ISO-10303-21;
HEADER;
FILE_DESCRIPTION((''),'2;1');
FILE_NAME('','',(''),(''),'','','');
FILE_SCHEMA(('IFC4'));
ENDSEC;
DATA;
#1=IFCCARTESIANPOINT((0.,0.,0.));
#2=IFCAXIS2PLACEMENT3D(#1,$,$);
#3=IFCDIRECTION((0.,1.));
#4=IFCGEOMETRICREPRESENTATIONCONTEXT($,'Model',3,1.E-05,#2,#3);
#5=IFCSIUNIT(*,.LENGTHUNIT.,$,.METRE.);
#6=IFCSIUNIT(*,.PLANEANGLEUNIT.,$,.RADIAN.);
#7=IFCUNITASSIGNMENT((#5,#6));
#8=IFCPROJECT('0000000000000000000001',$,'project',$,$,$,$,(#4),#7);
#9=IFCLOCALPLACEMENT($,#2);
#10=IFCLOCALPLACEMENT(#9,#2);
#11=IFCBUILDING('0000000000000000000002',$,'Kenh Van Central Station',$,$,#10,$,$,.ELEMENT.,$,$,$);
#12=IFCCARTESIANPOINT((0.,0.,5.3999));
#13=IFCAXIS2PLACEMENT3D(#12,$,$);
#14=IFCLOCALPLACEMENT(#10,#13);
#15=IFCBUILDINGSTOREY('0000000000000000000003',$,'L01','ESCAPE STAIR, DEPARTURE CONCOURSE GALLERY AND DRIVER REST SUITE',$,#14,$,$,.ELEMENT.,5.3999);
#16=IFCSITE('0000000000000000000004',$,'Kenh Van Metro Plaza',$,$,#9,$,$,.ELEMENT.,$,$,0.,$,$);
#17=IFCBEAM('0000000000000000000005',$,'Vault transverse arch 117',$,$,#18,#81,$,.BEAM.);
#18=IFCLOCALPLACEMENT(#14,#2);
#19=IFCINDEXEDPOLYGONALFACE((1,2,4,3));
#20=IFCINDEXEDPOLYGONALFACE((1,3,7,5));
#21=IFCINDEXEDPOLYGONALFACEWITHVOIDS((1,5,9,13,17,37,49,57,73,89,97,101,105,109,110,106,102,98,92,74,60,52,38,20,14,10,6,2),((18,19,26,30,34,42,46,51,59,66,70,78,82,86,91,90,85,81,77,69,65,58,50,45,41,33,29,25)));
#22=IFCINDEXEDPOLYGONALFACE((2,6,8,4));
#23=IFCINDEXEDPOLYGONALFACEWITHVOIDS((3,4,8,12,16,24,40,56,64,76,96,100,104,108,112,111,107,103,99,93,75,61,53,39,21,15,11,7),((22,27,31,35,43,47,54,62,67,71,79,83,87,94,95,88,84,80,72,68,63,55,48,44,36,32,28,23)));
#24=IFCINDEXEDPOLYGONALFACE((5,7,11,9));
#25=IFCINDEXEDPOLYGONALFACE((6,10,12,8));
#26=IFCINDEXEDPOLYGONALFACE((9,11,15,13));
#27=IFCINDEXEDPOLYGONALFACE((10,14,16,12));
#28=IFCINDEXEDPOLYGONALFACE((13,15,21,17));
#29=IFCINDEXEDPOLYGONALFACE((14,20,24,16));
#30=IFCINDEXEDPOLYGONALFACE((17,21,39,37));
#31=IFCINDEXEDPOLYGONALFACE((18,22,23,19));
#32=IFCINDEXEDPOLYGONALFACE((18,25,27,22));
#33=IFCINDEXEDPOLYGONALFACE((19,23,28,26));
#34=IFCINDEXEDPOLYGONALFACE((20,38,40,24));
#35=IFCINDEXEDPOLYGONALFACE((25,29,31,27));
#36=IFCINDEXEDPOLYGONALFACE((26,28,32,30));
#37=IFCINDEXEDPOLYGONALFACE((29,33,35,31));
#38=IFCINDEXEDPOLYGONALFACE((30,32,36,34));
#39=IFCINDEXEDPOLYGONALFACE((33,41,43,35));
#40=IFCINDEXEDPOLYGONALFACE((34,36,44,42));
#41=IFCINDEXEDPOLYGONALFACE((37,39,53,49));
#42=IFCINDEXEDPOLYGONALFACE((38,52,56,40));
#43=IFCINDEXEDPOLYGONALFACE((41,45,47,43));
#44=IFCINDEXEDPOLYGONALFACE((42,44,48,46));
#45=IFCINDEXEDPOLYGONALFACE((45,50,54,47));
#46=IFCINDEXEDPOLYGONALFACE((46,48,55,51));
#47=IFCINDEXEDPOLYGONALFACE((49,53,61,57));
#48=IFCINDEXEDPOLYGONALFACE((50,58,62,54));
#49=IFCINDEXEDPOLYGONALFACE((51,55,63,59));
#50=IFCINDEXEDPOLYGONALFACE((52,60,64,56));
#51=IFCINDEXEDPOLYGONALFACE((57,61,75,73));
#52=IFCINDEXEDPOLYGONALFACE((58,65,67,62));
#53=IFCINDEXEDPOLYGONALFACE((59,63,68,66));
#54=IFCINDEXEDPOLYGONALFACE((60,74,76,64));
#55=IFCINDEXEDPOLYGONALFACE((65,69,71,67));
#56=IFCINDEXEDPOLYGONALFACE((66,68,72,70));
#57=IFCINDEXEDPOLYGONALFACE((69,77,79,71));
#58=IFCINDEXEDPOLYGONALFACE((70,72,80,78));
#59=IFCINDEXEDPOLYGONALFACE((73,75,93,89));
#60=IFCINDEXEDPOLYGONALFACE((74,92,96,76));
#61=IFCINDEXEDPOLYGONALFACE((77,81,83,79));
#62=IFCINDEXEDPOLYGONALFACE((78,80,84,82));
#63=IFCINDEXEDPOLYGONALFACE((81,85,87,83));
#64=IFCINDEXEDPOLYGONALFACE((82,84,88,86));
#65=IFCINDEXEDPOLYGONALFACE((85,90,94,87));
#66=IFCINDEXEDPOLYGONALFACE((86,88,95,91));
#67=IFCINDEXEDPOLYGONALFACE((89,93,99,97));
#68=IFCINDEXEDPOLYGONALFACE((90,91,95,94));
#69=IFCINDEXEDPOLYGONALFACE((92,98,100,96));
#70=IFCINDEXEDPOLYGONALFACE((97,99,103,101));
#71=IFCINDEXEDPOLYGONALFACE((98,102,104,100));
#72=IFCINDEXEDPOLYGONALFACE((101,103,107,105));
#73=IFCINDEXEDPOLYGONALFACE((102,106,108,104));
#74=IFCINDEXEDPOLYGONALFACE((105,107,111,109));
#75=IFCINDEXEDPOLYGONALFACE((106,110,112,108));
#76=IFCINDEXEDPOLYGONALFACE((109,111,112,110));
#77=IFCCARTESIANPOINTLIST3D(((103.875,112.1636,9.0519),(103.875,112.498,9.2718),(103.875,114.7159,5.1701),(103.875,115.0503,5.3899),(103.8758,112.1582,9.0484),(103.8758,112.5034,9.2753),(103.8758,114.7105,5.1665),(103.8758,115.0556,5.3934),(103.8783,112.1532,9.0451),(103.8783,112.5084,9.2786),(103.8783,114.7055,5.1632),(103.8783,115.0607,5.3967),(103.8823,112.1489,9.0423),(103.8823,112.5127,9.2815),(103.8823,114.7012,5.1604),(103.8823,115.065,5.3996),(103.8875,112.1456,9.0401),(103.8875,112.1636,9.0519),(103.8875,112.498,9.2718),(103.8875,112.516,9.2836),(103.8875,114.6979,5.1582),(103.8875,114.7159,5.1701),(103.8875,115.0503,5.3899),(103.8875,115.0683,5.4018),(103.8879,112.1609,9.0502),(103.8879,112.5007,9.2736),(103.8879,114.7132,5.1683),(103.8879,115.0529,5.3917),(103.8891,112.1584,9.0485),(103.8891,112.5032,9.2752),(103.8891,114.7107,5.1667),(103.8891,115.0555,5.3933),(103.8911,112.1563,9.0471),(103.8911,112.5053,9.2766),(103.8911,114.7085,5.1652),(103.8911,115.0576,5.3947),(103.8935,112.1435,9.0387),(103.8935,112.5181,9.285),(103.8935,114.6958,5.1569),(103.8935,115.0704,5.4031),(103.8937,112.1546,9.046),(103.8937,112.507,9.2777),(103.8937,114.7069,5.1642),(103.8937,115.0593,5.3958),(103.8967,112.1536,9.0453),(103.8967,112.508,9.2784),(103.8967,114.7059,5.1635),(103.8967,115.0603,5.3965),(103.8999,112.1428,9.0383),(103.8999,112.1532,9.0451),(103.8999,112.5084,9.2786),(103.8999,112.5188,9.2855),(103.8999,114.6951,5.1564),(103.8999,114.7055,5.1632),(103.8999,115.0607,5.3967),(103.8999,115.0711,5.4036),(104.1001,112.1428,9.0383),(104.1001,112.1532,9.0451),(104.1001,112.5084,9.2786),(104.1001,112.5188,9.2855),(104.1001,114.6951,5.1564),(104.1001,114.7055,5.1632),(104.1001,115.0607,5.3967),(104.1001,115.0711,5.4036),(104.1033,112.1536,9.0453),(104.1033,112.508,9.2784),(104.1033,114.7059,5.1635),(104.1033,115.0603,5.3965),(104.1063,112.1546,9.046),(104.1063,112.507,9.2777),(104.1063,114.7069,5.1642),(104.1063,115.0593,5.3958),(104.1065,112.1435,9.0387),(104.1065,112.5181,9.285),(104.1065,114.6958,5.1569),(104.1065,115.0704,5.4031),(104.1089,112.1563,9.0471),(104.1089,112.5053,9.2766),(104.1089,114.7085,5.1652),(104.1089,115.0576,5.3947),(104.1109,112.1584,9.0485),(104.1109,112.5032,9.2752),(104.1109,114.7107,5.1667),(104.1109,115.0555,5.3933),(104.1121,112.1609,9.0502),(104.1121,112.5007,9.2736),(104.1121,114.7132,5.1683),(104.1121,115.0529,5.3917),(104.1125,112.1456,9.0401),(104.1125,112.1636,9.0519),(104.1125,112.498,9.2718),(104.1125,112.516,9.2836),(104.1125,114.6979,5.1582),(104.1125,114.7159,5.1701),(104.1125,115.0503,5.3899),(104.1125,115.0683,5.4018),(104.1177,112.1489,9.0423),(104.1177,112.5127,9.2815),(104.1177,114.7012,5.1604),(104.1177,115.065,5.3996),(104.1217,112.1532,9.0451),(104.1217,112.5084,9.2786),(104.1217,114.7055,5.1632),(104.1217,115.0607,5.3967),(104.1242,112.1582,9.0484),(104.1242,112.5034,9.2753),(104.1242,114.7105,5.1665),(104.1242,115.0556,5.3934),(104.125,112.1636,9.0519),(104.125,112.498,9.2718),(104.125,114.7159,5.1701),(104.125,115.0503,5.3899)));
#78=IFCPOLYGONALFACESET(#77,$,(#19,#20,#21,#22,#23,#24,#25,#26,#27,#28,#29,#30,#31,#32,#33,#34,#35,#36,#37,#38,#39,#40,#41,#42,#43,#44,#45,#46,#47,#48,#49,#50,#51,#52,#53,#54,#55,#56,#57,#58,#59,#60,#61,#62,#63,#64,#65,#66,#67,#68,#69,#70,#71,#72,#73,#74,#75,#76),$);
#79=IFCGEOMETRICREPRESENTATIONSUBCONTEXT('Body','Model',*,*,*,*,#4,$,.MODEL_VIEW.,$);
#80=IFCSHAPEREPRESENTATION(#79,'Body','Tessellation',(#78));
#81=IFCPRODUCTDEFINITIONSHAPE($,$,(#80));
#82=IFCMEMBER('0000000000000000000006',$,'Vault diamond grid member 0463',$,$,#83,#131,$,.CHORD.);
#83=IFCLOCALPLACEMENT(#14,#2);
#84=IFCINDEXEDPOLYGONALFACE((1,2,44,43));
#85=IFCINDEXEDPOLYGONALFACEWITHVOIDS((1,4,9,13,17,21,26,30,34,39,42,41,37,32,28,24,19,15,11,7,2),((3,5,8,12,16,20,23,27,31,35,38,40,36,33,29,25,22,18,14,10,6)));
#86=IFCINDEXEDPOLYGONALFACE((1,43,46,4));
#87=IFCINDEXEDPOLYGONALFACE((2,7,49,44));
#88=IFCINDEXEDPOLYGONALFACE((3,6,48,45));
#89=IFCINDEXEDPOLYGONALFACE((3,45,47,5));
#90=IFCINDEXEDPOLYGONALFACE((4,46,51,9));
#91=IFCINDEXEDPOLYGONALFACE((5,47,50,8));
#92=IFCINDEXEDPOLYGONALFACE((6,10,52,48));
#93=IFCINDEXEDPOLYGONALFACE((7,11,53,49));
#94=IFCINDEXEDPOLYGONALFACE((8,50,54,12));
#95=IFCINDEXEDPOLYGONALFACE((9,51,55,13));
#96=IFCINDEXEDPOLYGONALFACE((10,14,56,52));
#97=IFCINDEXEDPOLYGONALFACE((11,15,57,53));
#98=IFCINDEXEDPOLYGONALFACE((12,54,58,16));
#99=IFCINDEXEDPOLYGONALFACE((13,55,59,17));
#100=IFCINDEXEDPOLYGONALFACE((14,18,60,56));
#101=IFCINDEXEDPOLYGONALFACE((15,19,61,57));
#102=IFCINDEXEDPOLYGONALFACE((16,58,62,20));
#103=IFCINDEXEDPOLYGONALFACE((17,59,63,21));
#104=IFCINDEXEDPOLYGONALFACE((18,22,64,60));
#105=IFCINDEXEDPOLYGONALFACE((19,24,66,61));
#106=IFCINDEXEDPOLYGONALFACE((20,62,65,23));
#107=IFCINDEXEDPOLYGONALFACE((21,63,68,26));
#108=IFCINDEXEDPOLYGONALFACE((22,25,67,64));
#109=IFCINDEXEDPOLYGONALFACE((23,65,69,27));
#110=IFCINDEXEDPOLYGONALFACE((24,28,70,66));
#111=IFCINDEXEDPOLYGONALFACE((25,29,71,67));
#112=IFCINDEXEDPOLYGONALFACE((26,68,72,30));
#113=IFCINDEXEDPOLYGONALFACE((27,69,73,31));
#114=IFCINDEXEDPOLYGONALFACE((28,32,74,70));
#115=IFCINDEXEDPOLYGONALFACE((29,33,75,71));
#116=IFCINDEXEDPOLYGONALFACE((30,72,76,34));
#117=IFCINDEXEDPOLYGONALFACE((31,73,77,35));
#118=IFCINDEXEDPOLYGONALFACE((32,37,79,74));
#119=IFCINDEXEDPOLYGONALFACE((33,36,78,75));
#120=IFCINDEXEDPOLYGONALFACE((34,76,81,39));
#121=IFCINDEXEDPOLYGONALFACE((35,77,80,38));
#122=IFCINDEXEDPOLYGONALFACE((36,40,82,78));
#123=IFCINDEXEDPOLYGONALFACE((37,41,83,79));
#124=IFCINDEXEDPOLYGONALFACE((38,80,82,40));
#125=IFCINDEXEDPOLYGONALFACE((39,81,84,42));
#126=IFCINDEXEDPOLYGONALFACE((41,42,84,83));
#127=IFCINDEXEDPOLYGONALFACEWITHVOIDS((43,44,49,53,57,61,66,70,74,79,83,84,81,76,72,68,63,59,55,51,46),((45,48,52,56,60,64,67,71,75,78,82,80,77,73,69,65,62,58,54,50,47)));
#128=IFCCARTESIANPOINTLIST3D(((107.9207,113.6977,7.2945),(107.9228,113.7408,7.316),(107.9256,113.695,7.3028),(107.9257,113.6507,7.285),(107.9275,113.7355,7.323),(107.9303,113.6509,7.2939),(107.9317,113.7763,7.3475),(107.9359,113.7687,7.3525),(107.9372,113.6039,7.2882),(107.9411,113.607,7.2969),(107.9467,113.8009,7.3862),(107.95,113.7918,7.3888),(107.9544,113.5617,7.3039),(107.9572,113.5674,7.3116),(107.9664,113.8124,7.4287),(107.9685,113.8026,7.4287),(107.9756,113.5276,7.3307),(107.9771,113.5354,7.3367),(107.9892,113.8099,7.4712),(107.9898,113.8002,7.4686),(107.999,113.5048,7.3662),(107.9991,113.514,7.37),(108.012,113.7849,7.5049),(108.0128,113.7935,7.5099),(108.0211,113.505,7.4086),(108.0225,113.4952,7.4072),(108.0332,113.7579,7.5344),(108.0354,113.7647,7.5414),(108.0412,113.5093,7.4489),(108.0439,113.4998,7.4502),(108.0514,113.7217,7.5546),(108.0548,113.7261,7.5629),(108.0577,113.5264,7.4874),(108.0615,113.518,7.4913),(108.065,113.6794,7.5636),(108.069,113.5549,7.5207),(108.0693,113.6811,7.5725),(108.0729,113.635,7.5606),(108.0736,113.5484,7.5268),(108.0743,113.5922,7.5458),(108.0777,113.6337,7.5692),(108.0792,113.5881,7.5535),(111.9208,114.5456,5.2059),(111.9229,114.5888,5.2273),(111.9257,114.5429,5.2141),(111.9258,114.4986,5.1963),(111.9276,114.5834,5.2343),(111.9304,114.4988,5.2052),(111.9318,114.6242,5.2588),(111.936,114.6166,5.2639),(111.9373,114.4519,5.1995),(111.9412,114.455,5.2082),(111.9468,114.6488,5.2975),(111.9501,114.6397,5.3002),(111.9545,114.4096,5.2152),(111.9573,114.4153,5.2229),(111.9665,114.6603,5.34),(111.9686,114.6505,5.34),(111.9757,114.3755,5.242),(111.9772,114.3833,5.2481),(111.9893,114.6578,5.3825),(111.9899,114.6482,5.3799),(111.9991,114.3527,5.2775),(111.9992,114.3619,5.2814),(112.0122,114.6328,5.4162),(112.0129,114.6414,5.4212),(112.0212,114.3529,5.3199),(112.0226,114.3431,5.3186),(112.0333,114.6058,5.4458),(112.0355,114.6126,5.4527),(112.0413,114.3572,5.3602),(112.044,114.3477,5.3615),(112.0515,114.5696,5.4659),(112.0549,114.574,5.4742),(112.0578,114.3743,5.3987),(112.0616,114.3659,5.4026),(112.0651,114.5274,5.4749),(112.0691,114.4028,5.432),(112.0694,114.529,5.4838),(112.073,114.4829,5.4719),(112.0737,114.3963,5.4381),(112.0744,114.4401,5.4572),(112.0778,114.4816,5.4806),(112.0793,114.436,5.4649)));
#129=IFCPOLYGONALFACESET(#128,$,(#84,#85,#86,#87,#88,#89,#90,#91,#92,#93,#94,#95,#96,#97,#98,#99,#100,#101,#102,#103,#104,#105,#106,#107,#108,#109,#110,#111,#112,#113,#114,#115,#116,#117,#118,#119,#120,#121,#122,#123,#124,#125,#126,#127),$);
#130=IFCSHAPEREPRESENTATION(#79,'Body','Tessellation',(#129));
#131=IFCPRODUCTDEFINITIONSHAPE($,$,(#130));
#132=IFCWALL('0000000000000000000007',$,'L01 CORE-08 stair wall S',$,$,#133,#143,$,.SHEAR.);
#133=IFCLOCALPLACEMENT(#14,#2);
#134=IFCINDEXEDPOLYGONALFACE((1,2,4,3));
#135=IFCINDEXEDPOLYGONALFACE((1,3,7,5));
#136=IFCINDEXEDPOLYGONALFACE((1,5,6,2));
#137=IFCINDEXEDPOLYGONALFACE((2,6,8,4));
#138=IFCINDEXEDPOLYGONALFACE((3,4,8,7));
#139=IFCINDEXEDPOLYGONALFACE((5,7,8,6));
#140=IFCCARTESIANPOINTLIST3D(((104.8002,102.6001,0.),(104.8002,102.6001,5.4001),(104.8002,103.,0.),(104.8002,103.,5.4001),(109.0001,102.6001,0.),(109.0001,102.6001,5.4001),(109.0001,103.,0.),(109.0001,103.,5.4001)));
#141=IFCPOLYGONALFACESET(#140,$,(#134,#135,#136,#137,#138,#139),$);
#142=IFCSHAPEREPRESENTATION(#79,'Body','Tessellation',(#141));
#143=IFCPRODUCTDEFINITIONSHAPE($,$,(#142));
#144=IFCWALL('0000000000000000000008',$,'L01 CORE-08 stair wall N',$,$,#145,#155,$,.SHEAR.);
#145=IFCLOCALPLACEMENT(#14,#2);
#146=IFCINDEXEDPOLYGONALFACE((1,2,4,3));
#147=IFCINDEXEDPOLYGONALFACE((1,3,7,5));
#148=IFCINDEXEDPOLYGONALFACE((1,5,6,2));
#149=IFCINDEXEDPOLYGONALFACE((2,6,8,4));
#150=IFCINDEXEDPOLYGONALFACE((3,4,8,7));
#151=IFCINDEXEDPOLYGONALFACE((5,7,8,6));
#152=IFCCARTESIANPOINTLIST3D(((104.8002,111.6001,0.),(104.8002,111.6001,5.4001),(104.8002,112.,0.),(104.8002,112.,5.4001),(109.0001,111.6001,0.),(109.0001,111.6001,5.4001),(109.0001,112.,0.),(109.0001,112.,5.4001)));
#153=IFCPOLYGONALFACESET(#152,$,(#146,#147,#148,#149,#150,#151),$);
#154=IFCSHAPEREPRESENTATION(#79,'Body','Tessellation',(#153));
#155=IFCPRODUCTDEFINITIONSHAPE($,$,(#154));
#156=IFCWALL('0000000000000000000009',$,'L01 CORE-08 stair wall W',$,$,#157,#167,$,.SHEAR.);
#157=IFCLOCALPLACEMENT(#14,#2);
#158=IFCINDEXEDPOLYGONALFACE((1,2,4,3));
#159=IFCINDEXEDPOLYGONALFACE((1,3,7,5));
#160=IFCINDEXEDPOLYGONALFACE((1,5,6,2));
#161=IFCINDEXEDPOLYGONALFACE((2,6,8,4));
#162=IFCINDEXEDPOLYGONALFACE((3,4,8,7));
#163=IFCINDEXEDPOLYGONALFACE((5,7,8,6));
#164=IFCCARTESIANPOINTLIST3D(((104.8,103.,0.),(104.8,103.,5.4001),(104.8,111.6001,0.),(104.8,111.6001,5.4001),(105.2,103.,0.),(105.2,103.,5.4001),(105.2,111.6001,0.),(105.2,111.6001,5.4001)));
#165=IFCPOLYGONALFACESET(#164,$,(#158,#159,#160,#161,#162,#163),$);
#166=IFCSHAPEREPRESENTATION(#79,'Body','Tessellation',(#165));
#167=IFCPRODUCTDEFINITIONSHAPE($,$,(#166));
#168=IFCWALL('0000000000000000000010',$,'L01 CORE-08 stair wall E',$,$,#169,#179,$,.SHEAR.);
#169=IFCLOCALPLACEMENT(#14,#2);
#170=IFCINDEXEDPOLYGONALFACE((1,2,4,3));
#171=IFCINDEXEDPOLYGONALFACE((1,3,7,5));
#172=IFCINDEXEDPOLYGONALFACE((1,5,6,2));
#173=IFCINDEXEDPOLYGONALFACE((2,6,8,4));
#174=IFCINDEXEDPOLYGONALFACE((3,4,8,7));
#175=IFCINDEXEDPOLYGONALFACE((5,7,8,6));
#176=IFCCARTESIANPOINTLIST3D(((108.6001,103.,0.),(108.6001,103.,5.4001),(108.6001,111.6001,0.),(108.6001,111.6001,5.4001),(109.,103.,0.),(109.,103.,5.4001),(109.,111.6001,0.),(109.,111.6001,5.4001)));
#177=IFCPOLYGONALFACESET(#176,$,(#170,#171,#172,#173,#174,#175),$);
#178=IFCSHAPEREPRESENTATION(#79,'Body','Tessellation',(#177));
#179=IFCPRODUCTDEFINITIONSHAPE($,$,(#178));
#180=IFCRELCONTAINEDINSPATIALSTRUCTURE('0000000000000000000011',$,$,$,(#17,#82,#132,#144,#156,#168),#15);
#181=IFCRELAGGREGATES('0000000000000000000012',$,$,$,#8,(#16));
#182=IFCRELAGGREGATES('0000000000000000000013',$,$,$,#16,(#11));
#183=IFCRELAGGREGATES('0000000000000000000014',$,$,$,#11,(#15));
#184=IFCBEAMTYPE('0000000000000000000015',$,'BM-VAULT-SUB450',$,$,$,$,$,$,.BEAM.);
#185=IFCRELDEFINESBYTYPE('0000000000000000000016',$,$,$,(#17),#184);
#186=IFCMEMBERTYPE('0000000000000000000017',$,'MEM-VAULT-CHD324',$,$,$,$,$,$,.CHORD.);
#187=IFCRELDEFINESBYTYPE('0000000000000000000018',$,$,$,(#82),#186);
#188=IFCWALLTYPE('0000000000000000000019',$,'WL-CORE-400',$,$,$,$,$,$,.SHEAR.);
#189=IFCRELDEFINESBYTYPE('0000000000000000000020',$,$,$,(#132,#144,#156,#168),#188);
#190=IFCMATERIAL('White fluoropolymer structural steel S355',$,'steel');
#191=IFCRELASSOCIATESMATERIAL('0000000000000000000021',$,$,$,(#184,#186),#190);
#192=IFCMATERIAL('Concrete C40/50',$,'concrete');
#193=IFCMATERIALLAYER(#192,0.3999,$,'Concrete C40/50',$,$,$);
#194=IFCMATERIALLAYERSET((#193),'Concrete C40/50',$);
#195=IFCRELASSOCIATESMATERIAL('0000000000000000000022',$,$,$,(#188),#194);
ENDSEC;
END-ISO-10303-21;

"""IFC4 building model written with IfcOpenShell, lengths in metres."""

from ifc_helpers import new_model, si_unit, direction, frame, frame_2d, origin, origin_2d, place, context, subcontext, project, spatial, rectangle, hollow_rectangle, hollow_circle, extrude, material, layer, layer_set, material_profile, profile_set, type_object, element, save


model = new_model("IFC4")

# Units and contexts
model_context = context("Model", 3, precision=1e-05, world=origin(), true_north=direction((0.0, 1.0)))
body_context = subcontext(model_context, "Body", "Model", "MODEL_VIEW")
ifc_project = project(units=[si_unit("LENGTHUNIT", "METRE"), si_unit("PLANEANGLEUNIT", "RADIAN")], contexts=[model_context])

# Site, building, storey
site_placement = place(None, origin())
site = spatial("IfcSite", under=ifc_project, at=site_placement, Name="Kenh Van Metro Plaza", CompositionType="ELEMENT", RefElevation=0.0)
building_placement = place(site_placement, origin())
building = spatial("IfcBuilding", under=site, at=building_placement, Name="Kenh Van Central Station", CompositionType="ELEMENT")
storey_placement = place(building_placement, frame((0.0, 0.0, 5.3999)))
storey = spatial("IfcBuildingStorey", under=building, at=storey_placement, Name="L01", Description="ESCAPE STAIR, DEPARTURE CONCOURSE GALLERY AND DRIVER REST SUITE", CompositionType="ELEMENT", Elevation=5.3999)

# Shared definitions
ifc_material_1 = material(Name="Concrete C40/50", Category="concrete")

# Beam
ifc_material_2 = material(Name="White fluoropolymer structural steel S355", Category="steel")
ifc_material_profile_1 = material_profile(ifc_material_2, hollow_rectangle(XDim=0.25, YDim=0.45, WallThickness=0.0125, InnerFilletRadius=0.0125, OuterFilletRadius=0.0249, at=origin_2d()), Name="RHS 450x250x12.5")
ifc_profile_set_1 = profile_set([ifc_material_profile_1], Name="White fluoropolymer structural steel S355")
beam_type_1 = type_object("IfcBeamType", Name="BM-VAULT-SUB450", PredefinedType="BEAM", material=ifc_profile_set_1)
beam_1_placement = place(storey_placement, frame((104.0, 112.3308, 9.1619), z_axis=(0.0, 0.549377, -0.835575), x_axis=(-1.0, 0.0, 0.0)))
element("IfcBeam", 1, at=beam_1_placement, inside=storey, type_object=beam_type_1, Name="Vault transverse arch 117", PredefinedType="BEAM", context=body_context, shape_type="SweptSolid", body=[
    extrude(hollow_rectangle(XDim=0.25, YDim=0.45, WallThickness=0.0125, InnerFilletRadius=0.0125, OuterFilletRadius=0.0249, at=origin_2d()), origin(), (0.0, 0.0, 1.0), 4.6458),
])

# Member
ifc_material_profile_2 = material_profile(ifc_material_2, hollow_circle(Radius=0.1619, WallThickness=0.01, at=origin_2d()), Name="CHS 323.9x10")
ifc_profile_set_2 = profile_set([ifc_material_profile_2], Name="White fluoropolymer structural steel S355")
member_type = type_object("IfcMemberType", Name="MEM-VAULT-CHD324", PredefinedType="CHORD", material=ifc_profile_set_2)
member_placement = place(storey_placement, frame((108.0, 113.6541, 7.4287), z_axis=(0.871187, 0.18467, -0.454895), x_axis=(-0.207367, 0.978263, 0.0)))
element("IfcMember", 2, at=member_placement, inside=storey, type_object=member_type, Name="Vault diamond grid member 0463", PredefinedType="CHORD", context=body_context, shape_type="SweptSolid", body=[
    extrude(hollow_circle(Radius=0.1619, WallThickness=0.01, at=origin_2d()), origin(), (0.0, 0.0, 1.0), 4.5916),
])

# Walls
ifc_layer_1 = layer(ifc_material_1, 0.3999, Name="Concrete C40/50")
ifc_layer_set_1 = layer_set([ifc_layer_1], Name="Concrete C40/50")
wall_type = type_object("IfcWallType", Name="WL-CORE-400", PredefinedType="SHEAR", material=ifc_layer_set_1)
for number, where, z_axis, x_axis, name in (
    (3, (104.8, 102.8, 0.0), (0.0, 0.0, 1.0), (1.0, 0.0, 0.0), "L01 CORE-08 stair wall S"),
    (4, (104.8, 111.8, 0.0), (0.0, 0.0, 1.0), (1.0, 0.0, 0.0), "L01 CORE-08 stair wall N"),
):
    element("IfcWall", number, at=place(storey_placement, frame(where, z_axis=z_axis, x_axis=x_axis)), inside=storey, type_object=wall_type, Name=name, PredefinedType="SHEAR", context=body_context, shape_type="SweptSolid", body=[
        extrude(rectangle(XDim=4.2, YDim=0.3999, at=frame_2d((2.1001, 0.0))), origin(), (0.0, 0.0, 1.0), 5.4001),
    ])
for number, where, z_axis, x_axis, name in (
    (5, (105.0, 103.0, 0.0), (0.0, 0.0, 1.0), (0.0, 1.0, 0.0), "L01 CORE-08 stair wall W"),
    (6, (108.8, 103.0, 0.0), (0.0, 0.0, 1.0), (0.0, 1.0, 0.0), "L01 CORE-08 stair wall E"),
):
    element("IfcWall", number, at=place(storey_placement, frame(where, z_axis=z_axis, x_axis=x_axis)), inside=storey, type_object=wall_type, Name=name, PredefinedType="SHEAR", context=body_context, shape_type="SweptSolid", body=[
        extrude(rectangle(XDim=8.6001, YDim=0.3999, at=frame_2d((4.3, 0.0))), origin(), (0.0, 0.0, 1.0), 5.4001),
    ])

save(model, "model.ifc")
